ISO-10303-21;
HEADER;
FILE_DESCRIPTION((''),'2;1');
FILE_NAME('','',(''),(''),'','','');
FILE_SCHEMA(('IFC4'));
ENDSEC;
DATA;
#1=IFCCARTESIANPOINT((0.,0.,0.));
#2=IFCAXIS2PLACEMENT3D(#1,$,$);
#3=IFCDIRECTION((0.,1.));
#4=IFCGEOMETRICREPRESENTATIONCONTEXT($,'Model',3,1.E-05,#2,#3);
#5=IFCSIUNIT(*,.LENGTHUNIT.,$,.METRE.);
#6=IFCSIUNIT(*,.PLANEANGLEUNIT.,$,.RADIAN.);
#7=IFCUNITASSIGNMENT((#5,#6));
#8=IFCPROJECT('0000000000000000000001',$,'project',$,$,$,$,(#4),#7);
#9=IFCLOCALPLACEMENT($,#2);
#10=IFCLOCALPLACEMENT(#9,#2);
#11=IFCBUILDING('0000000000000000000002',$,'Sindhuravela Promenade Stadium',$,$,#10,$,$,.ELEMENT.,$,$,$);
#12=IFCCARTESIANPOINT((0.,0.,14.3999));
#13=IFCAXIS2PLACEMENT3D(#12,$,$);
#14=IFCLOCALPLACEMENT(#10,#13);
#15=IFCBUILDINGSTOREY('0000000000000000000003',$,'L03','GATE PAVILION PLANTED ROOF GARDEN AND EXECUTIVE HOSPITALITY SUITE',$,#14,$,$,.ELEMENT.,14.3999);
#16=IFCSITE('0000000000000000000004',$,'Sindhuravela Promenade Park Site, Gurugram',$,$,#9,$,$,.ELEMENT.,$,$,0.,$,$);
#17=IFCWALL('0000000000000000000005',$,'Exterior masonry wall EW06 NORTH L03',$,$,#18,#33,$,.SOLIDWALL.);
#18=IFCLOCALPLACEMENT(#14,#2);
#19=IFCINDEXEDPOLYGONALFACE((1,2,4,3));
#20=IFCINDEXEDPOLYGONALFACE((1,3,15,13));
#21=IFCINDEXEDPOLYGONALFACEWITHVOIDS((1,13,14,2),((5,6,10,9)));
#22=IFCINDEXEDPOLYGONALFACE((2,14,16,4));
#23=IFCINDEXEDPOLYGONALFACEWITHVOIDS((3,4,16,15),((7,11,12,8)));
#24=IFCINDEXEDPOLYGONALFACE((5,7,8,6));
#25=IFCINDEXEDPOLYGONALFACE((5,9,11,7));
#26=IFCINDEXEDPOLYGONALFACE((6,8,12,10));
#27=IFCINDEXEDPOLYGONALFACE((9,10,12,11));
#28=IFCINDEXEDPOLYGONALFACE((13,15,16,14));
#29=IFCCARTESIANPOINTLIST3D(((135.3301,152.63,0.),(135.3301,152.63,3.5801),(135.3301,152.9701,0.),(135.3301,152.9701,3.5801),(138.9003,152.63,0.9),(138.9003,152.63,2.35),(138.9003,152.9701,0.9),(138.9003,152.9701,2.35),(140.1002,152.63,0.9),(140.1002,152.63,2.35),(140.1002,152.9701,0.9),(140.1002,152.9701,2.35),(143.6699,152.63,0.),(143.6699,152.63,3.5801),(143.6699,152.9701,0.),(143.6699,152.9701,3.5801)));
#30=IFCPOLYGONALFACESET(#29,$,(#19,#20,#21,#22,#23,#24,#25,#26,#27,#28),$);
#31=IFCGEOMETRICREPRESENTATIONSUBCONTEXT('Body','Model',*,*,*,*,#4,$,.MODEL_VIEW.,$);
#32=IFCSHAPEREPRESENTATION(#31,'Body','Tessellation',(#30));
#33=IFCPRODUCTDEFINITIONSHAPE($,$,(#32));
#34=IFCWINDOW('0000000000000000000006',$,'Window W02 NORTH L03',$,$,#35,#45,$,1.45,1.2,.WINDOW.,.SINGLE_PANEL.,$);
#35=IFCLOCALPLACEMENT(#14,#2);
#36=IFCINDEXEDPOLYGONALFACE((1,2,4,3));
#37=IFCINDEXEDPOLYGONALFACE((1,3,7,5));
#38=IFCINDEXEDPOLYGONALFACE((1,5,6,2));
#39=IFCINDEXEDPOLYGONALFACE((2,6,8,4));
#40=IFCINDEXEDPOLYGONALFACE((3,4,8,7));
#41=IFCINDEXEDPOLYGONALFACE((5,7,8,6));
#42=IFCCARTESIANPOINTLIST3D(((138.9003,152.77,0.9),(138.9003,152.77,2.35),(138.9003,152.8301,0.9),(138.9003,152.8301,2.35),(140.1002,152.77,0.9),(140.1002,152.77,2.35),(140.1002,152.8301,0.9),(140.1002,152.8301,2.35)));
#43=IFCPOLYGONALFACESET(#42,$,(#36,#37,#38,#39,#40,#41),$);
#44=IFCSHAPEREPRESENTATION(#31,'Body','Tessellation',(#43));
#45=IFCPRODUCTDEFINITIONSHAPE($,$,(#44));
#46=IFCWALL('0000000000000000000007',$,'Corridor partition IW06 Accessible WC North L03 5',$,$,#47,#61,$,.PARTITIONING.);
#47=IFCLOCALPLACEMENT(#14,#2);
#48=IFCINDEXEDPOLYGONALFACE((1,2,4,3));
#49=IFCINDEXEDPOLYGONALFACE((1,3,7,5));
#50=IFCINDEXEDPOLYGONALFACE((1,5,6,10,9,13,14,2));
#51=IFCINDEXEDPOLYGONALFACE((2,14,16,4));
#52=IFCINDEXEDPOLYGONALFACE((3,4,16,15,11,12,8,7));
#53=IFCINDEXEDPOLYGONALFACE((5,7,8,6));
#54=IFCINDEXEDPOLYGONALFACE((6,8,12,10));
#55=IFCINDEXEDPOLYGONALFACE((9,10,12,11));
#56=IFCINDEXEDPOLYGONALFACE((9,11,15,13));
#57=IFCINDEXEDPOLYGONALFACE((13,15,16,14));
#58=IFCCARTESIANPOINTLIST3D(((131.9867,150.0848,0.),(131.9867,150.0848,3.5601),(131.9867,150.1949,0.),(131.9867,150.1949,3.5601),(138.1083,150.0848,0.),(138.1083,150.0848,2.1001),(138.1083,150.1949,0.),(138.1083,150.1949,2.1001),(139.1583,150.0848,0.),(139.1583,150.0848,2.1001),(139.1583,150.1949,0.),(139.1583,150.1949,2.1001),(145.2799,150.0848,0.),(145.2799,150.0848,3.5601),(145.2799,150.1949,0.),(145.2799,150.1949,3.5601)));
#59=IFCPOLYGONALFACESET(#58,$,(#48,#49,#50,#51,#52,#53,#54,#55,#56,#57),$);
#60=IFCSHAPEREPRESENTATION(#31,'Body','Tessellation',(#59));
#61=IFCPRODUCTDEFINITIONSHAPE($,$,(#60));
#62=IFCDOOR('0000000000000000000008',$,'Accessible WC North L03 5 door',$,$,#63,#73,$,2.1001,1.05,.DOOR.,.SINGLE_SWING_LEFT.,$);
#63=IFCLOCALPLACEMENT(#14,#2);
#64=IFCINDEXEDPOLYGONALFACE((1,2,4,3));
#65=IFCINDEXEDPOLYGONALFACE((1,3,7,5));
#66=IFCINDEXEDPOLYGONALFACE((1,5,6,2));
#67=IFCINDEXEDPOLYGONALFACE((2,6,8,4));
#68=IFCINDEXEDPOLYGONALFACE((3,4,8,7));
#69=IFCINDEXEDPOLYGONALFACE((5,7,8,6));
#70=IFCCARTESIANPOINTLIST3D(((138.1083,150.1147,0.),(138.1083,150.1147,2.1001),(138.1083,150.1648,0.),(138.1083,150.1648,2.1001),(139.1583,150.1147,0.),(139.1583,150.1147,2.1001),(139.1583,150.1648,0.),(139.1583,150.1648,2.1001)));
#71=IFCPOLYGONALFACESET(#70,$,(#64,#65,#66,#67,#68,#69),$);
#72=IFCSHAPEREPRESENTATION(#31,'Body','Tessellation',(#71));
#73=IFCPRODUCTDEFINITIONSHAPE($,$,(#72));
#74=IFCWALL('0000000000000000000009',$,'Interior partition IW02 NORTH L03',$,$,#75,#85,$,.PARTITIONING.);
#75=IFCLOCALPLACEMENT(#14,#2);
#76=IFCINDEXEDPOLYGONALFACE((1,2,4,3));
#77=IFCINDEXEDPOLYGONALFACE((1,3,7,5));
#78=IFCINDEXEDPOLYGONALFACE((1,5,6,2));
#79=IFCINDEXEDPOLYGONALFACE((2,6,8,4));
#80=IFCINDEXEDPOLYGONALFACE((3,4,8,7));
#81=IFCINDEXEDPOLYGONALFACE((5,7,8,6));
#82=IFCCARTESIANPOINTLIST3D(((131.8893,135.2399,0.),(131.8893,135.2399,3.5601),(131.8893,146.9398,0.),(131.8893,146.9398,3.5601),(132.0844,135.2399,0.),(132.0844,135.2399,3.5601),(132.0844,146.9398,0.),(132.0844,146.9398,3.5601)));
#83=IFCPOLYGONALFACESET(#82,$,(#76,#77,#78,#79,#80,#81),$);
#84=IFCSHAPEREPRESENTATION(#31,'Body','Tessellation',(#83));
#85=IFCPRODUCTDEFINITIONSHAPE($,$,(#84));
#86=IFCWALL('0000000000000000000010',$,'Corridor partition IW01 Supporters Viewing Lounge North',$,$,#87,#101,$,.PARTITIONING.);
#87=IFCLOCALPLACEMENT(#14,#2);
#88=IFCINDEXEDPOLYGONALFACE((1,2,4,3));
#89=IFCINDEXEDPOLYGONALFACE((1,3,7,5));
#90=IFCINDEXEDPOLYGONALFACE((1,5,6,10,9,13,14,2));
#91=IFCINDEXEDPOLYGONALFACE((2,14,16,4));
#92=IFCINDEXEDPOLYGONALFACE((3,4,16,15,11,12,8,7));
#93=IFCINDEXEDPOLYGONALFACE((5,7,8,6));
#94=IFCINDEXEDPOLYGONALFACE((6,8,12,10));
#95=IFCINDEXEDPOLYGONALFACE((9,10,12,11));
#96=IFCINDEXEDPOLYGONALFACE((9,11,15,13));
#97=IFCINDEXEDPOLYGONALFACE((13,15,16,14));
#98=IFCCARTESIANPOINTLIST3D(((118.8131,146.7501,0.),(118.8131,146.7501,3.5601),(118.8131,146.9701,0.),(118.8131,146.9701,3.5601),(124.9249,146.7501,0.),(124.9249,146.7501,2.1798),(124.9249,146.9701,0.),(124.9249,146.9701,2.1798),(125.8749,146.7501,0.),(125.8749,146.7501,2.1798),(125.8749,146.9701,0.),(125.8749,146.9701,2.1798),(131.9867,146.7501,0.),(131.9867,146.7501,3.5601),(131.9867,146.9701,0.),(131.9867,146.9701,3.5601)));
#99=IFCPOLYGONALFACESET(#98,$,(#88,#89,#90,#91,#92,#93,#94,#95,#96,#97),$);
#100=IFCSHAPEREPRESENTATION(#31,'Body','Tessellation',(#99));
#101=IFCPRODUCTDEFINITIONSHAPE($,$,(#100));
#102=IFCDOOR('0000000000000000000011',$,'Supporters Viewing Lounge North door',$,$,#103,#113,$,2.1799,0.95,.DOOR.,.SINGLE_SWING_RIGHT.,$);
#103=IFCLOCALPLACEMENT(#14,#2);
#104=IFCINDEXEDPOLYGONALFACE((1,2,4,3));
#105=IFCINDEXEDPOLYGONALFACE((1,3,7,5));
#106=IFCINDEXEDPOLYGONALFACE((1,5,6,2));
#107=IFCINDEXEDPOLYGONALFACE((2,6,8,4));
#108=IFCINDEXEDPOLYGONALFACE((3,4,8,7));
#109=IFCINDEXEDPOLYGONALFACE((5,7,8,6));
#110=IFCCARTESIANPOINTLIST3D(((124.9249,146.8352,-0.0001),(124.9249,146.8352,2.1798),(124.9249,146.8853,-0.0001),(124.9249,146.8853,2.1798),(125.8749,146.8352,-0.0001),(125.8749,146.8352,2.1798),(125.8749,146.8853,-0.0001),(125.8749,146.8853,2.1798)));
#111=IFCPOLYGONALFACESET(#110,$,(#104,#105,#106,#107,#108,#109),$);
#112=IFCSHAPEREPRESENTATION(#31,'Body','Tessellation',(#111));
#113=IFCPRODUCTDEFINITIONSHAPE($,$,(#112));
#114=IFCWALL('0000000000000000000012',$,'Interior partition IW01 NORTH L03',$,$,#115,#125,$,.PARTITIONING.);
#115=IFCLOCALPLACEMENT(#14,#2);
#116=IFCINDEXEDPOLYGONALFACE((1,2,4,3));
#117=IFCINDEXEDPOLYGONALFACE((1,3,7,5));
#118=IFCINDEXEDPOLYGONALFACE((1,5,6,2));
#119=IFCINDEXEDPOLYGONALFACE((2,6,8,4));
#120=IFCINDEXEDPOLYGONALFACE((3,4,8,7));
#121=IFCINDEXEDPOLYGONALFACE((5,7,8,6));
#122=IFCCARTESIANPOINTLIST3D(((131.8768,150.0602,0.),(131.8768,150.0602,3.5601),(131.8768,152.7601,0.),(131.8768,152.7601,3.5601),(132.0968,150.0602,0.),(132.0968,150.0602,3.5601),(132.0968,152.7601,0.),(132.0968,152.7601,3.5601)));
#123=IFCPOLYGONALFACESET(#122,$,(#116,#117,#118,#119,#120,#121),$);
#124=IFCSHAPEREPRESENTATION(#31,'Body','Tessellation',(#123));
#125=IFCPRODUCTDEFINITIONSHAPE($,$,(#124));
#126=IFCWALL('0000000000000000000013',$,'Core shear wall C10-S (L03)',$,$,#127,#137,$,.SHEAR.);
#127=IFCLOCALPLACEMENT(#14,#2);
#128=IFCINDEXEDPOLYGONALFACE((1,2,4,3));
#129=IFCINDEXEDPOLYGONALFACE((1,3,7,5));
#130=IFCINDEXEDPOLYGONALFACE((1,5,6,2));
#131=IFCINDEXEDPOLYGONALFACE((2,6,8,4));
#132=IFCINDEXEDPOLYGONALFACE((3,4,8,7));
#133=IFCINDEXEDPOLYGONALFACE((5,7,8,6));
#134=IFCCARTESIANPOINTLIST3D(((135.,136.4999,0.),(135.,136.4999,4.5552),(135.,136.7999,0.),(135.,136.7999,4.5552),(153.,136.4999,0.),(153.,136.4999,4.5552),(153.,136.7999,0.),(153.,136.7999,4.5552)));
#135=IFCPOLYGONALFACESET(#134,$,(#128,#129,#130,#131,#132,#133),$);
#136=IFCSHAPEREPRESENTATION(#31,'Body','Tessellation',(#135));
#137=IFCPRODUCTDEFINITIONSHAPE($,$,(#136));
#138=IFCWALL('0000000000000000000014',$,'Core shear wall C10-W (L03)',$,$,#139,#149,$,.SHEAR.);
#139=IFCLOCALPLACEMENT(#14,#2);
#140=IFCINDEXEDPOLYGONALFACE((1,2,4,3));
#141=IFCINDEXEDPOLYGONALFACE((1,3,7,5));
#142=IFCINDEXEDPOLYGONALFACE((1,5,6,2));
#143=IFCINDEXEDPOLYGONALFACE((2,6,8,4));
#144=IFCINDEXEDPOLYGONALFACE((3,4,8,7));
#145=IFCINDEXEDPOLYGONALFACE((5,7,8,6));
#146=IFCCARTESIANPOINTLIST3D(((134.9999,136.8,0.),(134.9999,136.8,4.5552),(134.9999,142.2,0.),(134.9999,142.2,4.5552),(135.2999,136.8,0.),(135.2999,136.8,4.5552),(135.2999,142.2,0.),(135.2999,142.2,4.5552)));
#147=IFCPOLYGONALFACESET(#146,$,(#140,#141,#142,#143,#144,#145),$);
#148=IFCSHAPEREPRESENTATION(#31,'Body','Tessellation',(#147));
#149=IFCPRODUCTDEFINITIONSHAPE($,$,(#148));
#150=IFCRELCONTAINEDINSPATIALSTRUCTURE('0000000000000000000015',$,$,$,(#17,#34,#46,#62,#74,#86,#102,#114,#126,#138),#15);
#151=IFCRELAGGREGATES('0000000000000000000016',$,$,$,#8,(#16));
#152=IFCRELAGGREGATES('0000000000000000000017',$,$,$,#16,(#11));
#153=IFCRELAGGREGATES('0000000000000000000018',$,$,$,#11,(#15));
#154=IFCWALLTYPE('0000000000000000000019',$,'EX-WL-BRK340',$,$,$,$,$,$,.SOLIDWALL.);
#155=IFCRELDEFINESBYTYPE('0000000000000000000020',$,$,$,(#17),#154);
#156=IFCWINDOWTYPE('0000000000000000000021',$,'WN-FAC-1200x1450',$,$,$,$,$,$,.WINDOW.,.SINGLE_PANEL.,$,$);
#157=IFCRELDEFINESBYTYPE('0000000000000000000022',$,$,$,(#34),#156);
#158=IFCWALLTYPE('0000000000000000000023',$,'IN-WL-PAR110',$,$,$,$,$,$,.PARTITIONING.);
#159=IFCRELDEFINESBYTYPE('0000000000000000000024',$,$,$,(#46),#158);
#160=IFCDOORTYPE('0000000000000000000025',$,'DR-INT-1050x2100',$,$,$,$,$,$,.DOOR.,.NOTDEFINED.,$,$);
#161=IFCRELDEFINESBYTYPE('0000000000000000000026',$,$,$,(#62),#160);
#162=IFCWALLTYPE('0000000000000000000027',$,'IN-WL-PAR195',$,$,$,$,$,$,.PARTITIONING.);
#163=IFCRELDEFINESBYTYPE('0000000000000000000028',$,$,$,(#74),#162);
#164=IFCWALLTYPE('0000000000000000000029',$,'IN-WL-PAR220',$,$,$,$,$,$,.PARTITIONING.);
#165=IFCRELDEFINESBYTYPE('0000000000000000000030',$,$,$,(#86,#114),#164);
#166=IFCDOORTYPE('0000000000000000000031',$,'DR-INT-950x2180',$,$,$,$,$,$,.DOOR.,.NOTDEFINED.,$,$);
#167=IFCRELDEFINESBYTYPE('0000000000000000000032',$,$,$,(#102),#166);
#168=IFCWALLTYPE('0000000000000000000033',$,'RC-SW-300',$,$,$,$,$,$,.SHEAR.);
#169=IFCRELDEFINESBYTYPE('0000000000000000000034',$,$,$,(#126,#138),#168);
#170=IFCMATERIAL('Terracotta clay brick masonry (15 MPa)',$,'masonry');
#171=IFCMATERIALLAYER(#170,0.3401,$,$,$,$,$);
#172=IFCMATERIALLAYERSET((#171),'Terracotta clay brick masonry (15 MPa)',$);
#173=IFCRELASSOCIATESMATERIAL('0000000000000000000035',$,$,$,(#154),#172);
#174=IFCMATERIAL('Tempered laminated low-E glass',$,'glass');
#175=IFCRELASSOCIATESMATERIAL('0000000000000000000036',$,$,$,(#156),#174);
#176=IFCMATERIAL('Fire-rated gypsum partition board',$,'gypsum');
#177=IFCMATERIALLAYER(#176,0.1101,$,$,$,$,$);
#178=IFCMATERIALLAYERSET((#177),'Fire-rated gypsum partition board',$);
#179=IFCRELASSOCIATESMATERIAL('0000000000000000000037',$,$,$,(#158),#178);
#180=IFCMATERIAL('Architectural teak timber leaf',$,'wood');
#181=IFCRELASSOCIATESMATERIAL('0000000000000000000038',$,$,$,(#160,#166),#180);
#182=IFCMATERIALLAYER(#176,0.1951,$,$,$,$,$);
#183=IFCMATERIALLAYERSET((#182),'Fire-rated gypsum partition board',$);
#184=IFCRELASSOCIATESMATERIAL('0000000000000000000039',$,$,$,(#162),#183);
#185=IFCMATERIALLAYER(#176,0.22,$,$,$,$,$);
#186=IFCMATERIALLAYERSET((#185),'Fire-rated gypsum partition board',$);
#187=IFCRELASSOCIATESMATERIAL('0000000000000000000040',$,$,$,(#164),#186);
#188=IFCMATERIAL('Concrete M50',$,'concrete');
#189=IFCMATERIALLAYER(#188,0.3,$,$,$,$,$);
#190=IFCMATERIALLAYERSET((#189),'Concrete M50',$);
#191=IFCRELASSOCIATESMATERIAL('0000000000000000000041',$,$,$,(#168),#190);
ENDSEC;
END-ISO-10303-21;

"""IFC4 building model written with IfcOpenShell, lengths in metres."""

from ifc_helpers import new_model, si_unit, direction, frame, frame_2d, origin, place, context, subcontext, project, spatial, rectangle, extrude, material, layer, layer_set, type_object, element, fill, save


model = new_model("IFC4")

# Units and contexts
model_context = context("Model", 3, precision=1e-05, world=origin(), true_north=direction((0.0, 1.0)))
body_context = subcontext(model_context, "Body", "Model", "MODEL_VIEW")
ifc_project = project(units=[si_unit("LENGTHUNIT", "METRE"), si_unit("PLANEANGLEUNIT", "RADIAN")], contexts=[model_context])

# Site, building, storey
site_placement = place(None, origin())
site = spatial("IfcSite", under=ifc_project, at=site_placement, Name="Sindhuravela Promenade Park Site, Gurugram", CompositionType="ELEMENT", RefElevation=0.0)
building_placement = place(site_placement, origin())
building = spatial("IfcBuilding", under=site, at=building_placement, Name="Sindhuravela Promenade Stadium", CompositionType="ELEMENT")
storey_placement = place(building_placement, frame((0.0, 0.0, 14.3999)))
storey = spatial("IfcBuildingStorey", under=building, at=storey_placement, Name="L03", Description="GATE PAVILION PLANTED ROOF GARDEN AND EXECUTIVE HOSPITALITY SUITE", CompositionType="ELEMENT", Elevation=14.3999)

# Wall, opening, window
ifc_material_1 = material(Name="Terracotta clay brick masonry (15 MPa)", Category="masonry")
ifc_layer_1 = layer(ifc_material_1, 0.3401)
ifc_layer_set_1 = layer_set([ifc_layer_1], Name="Terracotta clay brick masonry (15 MPa)")
wall_type_1 = type_object("IfcWallType", Name="EX-WL-BRK340", PredefinedType="SOLIDWALL", material=ifc_layer_set_1)
wall_1_placement = place(storey_placement, frame((135.3301, 152.8, 0.0), z_axis=(0.0, 0.0, 1.0), x_axis=(1.0, 0.0, 0.0)))
wall_1 = element("IfcWall", 1, at=wall_1_placement, inside=storey, type_object=wall_type_1, Name="Exterior masonry wall EW06 NORTH L03", PredefinedType="SOLIDWALL", context=body_context, shape_type="SweptSolid", body=[
    extrude(rectangle(XDim=8.3398, YDim=0.3401, at=frame_2d((4.1699, 0.0))), origin(), (0.0, 0.0, 1.0), 3.5801),
])
opening_1_placement = place(wall_1_placement, frame((3.5701, 0.0, 0.8999)))
opening_1 = element("IfcOpeningElement", 2, at=opening_1_placement, cuts=wall_1, PredefinedType="OPENING", context=body_context, shape_type="SweptSolid", body=[
    extrude(rectangle(XDim=1.2, YDim=1.45, at=frame_2d((0.6001, 0.7251))), frame((0.0, 0.1799, 0.0), z_axis=(0.0, -1.0, 0.0), x_axis=(1.0, 0.0, 0.0)), (0.0, 0.0, 1.0), 0.3601),
])
ifc_material_2 = material(Name="Tempered laminated low-E glass", Category="glass")
window_type = type_object("IfcWindowType", Name="WN-FAC-1200x1450", PartitioningType="SINGLE_PANEL", PredefinedType="WINDOW", material=ifc_material_2)
window_placement = place(opening_1_placement, origin())
window = element("IfcWindow", 3, at=window_placement, inside=storey, type_object=window_type, Name="Window W02 NORTH L03", OverallHeight=1.45, OverallWidth=1.2, PartitioningType="SINGLE_PANEL", PredefinedType="WINDOW", context=body_context, shape_type="SweptSolid", body=[
    extrude(rectangle(XDim=1.2, YDim=1.45, at=frame_2d((0.6001, 0.7251))), frame((0.0, 0.03, 0.0), z_axis=(0.0, -1.0, 0.0), x_axis=(1.0, 0.0, 0.0)), (0.0, 0.0, 1.0), 0.0601),
])
fill(opening_1, window)

# Wall, opening, door
ifc_material_3 = material(Name="Fire-rated gypsum partition board", Category="gypsum")
ifc_layer_2 = layer(ifc_material_3, 0.1101)
ifc_layer_set_2 = layer_set([ifc_layer_2], Name="Fire-rated gypsum partition board")
wall_type_2 = type_object("IfcWallType", Name="IN-WL-PAR110", PredefinedType="PARTITIONING", material=ifc_layer_set_2)
wall_2_placement = place(storey_placement, frame((131.9868, 150.1399, 0.0), z_axis=(0.0, 0.0, 1.0), x_axis=(1.0, 0.0, 0.0)))
wall_2 = element("IfcWall", 4, at=wall_2_placement, inside=storey, type_object=wall_type_2, Name="Corridor partition IW06 Accessible WC North L03 5", PredefinedType="PARTITIONING", context=body_context, shape_type="SweptSolid", body=[
    extrude(rectangle(XDim=13.2932, YDim=0.1101, at=frame_2d((6.6465, 0.0))), origin(), (0.0, 0.0, 1.0), 3.5601),
])
opening_2_placement = place(wall_2_placement, frame((6.1216, 0.0, 0.0)))
opening_2 = element("IfcOpeningElement", 5, at=opening_2_placement, cuts=wall_2, PredefinedType="OPENING", context=body_context, shape_type="SweptSolid", body=[
    extrude(rectangle(XDim=1.05, YDim=2.1001, at=frame_2d((0.5249, 1.05))), frame((0.0, 0.0649, 0.0), z_axis=(0.0, -1.0, 0.0), x_axis=(1.0, 0.0, 0.0)), (0.0, 0.0, 1.0), 0.1301),
])
ifc_material_4 = material(Name="Architectural teak timber leaf", Category="wood")
door_type_1 = type_object("IfcDoorType", Name="DR-INT-1050x2100", OperationType="NOTDEFINED", PredefinedType="DOOR", material=ifc_material_4)
door_1_placement = place(opening_2_placement, origin())
door_1 = element("IfcDoor", 6, at=door_1_placement, inside=storey, type_object=door_type_1, Name="Accessible WC North L03 5 door", OperationType="SINGLE_SWING_LEFT", OverallHeight=2.1001, OverallWidth=1.05, PredefinedType="DOOR", context=body_context, shape_type="SweptSolid", body=[
    extrude(rectangle(XDim=1.05, YDim=2.1001, at=frame_2d((0.5249, 1.05))), frame((0.0, 0.0249, 0.0), z_axis=(0.0, -1.0, 0.0), x_axis=(1.0, 0.0, 0.0)), (0.0, 0.0, 1.0), 0.05),
])
fill(opening_2, door_1)

# Wall
ifc_layer_3 = layer(ifc_material_3, 0.1951)
ifc_layer_set_3 = layer_set([ifc_layer_3], Name="Fire-rated gypsum partition board")
wall_type_3 = type_object("IfcWallType", Name="IN-WL-PAR195", PredefinedType="PARTITIONING", material=ifc_layer_set_3)
wall_3_placement = place(storey_placement, frame((131.9868, 146.9399, 0.0), z_axis=(0.0, 0.0, 1.0), x_axis=(0.0, -1.0, 0.0)))
element("IfcWall", 7, at=wall_3_placement, inside=storey, type_object=wall_type_3, Name="Interior partition IW02 NORTH L03", PredefinedType="PARTITIONING", context=body_context, shape_type="SweptSolid", body=[
    extrude(rectangle(XDim=11.7, YDim=0.1951, at=frame_2d((5.8501, 0.0))), origin(), (0.0, 0.0, 1.0), 3.5601),
])

# Wall, opening, door
ifc_layer_4 = layer(ifc_material_3, 0.22)
ifc_layer_set_4 = layer_set([ifc_layer_4], Name="Fire-rated gypsum partition board")
wall_type_4 = type_object("IfcWallType", Name="IN-WL-PAR220", PredefinedType="PARTITIONING", material=ifc_layer_set_4)
wall_4_placement = place(storey_placement, frame((131.9868, 146.8601, 0.0), z_axis=(0.0, 0.0, 1.0), x_axis=(-1.0, 0.0, 0.0)))
wall_4 = element("IfcWall", 8, at=wall_4_placement, inside=storey, type_object=wall_type_4, Name="Corridor partition IW01 Supporters Viewing Lounge North", PredefinedType="PARTITIONING", context=body_context, shape_type="SweptSolid", body=[
    extrude(rectangle(XDim=13.1736, YDim=0.22, at=frame_2d((6.5869, 0.0))), origin(), (0.0, 0.0, 1.0), 3.5601),
])
opening_3_placement = place(wall_4_placement, frame((6.1118, 0.0, 0.0)))
opening_3 = element("IfcOpeningElement", 9, at=opening_3_placement, cuts=wall_4, PredefinedType="OPENING", context=body_context, shape_type="SweptSolid", body=[
    extrude(rectangle(XDim=0.95, YDim=2.1799, at=frame_2d((0.4751, 1.0898))), frame((0.0, 0.1199, 0.0), z_axis=(0.0, -1.0, 0.0), x_axis=(1.0, 0.0, 0.0)), (0.0, 0.0, 1.0), 0.24),
])
door_type_2 = type_object("IfcDoorType", Name="DR-INT-950x2180", OperationType="NOTDEFINED", PredefinedType="DOOR", material=ifc_material_4)
door_2_placement = place(opening_3_placement, origin())
door_2 = element("IfcDoor", 10, at=door_2_placement, inside=storey, type_object=door_type_2, Name="Supporters Viewing Lounge North door", OperationType="SINGLE_SWING_RIGHT", OverallHeight=2.1799, OverallWidth=0.95, PredefinedType="DOOR", context=body_context, shape_type="SweptSolid", body=[
    extrude(rectangle(XDim=0.95, YDim=2.1799, at=frame_2d((0.4751, 1.0898))), frame((0.0, 0.0249, 0.0), z_axis=(0.0, -1.0, 0.0), x_axis=(1.0, 0.0, 0.0)), (0.0, 0.0, 1.0), 0.05),
])
fill(opening_3, door_2)

# Walls
wall_5_placement = place(storey_placement, frame((131.9868, 150.0601, 0.0), z_axis=(0.0, 0.0, 1.0), x_axis=(0.0, 1.0, 0.0)))
element("IfcWall", 11, at=wall_5_placement, inside=storey, type_object=wall_type_4, Name="Interior partition IW01 NORTH L03", PredefinedType="PARTITIONING", context=body_context, shape_type="SweptSolid", body=[
    extrude(rectangle(XDim=2.7, YDim=0.22, at=frame_2d((1.3501, 0.0))), origin(), (0.0, 0.0, 1.0), 3.5601),
])
ifc_material_5 = material(Name="Concrete M50", Category="concrete")
ifc_layer_5 = layer(ifc_material_5, 0.3)
ifc_layer_set_5 = layer_set([ifc_layer_5], Name="Concrete M50")
wall_type_5 = type_object("IfcWallType", Name="RC-SW-300", PredefinedType="SHEAR", material=ifc_layer_set_5)
wall_6_placement = place(storey_placement, frame((135.0, 136.6499, 0.0), z_axis=(0.0, 0.0, 1.0), x_axis=(1.0, 0.0, 0.0)))
element("IfcWall", 12, at=wall_6_placement, inside=storey, type_object=wall_type_5, Name="Core shear wall C10-S (L03)", PredefinedType="SHEAR", context=body_context, shape_type="SweptSolid", body=[
    extrude(rectangle(XDim=18.0, YDim=0.3, at=frame_2d((9.0, 0.0))), origin(), (0.0, 0.0, 1.0), 4.5552),
])
wall_7_placement = place(storey_placement, frame((135.1499, 142.2, 0.0), z_axis=(0.0, 0.0, 1.0), x_axis=(0.0, -1.0, 0.0)))
element("IfcWall", 13, at=wall_7_placement, inside=storey, type_object=wall_type_5, Name="Core shear wall C10-W (L03)", PredefinedType="SHEAR", context=body_context, shape_type="SweptSolid", body=[
    extrude(rectangle(XDim=5.3999, YDim=0.3, at=frame_2d((2.7, 0.0))), origin(), (0.0, 0.0, 1.0), 4.5552),
])

save(model, "model.ifc")
